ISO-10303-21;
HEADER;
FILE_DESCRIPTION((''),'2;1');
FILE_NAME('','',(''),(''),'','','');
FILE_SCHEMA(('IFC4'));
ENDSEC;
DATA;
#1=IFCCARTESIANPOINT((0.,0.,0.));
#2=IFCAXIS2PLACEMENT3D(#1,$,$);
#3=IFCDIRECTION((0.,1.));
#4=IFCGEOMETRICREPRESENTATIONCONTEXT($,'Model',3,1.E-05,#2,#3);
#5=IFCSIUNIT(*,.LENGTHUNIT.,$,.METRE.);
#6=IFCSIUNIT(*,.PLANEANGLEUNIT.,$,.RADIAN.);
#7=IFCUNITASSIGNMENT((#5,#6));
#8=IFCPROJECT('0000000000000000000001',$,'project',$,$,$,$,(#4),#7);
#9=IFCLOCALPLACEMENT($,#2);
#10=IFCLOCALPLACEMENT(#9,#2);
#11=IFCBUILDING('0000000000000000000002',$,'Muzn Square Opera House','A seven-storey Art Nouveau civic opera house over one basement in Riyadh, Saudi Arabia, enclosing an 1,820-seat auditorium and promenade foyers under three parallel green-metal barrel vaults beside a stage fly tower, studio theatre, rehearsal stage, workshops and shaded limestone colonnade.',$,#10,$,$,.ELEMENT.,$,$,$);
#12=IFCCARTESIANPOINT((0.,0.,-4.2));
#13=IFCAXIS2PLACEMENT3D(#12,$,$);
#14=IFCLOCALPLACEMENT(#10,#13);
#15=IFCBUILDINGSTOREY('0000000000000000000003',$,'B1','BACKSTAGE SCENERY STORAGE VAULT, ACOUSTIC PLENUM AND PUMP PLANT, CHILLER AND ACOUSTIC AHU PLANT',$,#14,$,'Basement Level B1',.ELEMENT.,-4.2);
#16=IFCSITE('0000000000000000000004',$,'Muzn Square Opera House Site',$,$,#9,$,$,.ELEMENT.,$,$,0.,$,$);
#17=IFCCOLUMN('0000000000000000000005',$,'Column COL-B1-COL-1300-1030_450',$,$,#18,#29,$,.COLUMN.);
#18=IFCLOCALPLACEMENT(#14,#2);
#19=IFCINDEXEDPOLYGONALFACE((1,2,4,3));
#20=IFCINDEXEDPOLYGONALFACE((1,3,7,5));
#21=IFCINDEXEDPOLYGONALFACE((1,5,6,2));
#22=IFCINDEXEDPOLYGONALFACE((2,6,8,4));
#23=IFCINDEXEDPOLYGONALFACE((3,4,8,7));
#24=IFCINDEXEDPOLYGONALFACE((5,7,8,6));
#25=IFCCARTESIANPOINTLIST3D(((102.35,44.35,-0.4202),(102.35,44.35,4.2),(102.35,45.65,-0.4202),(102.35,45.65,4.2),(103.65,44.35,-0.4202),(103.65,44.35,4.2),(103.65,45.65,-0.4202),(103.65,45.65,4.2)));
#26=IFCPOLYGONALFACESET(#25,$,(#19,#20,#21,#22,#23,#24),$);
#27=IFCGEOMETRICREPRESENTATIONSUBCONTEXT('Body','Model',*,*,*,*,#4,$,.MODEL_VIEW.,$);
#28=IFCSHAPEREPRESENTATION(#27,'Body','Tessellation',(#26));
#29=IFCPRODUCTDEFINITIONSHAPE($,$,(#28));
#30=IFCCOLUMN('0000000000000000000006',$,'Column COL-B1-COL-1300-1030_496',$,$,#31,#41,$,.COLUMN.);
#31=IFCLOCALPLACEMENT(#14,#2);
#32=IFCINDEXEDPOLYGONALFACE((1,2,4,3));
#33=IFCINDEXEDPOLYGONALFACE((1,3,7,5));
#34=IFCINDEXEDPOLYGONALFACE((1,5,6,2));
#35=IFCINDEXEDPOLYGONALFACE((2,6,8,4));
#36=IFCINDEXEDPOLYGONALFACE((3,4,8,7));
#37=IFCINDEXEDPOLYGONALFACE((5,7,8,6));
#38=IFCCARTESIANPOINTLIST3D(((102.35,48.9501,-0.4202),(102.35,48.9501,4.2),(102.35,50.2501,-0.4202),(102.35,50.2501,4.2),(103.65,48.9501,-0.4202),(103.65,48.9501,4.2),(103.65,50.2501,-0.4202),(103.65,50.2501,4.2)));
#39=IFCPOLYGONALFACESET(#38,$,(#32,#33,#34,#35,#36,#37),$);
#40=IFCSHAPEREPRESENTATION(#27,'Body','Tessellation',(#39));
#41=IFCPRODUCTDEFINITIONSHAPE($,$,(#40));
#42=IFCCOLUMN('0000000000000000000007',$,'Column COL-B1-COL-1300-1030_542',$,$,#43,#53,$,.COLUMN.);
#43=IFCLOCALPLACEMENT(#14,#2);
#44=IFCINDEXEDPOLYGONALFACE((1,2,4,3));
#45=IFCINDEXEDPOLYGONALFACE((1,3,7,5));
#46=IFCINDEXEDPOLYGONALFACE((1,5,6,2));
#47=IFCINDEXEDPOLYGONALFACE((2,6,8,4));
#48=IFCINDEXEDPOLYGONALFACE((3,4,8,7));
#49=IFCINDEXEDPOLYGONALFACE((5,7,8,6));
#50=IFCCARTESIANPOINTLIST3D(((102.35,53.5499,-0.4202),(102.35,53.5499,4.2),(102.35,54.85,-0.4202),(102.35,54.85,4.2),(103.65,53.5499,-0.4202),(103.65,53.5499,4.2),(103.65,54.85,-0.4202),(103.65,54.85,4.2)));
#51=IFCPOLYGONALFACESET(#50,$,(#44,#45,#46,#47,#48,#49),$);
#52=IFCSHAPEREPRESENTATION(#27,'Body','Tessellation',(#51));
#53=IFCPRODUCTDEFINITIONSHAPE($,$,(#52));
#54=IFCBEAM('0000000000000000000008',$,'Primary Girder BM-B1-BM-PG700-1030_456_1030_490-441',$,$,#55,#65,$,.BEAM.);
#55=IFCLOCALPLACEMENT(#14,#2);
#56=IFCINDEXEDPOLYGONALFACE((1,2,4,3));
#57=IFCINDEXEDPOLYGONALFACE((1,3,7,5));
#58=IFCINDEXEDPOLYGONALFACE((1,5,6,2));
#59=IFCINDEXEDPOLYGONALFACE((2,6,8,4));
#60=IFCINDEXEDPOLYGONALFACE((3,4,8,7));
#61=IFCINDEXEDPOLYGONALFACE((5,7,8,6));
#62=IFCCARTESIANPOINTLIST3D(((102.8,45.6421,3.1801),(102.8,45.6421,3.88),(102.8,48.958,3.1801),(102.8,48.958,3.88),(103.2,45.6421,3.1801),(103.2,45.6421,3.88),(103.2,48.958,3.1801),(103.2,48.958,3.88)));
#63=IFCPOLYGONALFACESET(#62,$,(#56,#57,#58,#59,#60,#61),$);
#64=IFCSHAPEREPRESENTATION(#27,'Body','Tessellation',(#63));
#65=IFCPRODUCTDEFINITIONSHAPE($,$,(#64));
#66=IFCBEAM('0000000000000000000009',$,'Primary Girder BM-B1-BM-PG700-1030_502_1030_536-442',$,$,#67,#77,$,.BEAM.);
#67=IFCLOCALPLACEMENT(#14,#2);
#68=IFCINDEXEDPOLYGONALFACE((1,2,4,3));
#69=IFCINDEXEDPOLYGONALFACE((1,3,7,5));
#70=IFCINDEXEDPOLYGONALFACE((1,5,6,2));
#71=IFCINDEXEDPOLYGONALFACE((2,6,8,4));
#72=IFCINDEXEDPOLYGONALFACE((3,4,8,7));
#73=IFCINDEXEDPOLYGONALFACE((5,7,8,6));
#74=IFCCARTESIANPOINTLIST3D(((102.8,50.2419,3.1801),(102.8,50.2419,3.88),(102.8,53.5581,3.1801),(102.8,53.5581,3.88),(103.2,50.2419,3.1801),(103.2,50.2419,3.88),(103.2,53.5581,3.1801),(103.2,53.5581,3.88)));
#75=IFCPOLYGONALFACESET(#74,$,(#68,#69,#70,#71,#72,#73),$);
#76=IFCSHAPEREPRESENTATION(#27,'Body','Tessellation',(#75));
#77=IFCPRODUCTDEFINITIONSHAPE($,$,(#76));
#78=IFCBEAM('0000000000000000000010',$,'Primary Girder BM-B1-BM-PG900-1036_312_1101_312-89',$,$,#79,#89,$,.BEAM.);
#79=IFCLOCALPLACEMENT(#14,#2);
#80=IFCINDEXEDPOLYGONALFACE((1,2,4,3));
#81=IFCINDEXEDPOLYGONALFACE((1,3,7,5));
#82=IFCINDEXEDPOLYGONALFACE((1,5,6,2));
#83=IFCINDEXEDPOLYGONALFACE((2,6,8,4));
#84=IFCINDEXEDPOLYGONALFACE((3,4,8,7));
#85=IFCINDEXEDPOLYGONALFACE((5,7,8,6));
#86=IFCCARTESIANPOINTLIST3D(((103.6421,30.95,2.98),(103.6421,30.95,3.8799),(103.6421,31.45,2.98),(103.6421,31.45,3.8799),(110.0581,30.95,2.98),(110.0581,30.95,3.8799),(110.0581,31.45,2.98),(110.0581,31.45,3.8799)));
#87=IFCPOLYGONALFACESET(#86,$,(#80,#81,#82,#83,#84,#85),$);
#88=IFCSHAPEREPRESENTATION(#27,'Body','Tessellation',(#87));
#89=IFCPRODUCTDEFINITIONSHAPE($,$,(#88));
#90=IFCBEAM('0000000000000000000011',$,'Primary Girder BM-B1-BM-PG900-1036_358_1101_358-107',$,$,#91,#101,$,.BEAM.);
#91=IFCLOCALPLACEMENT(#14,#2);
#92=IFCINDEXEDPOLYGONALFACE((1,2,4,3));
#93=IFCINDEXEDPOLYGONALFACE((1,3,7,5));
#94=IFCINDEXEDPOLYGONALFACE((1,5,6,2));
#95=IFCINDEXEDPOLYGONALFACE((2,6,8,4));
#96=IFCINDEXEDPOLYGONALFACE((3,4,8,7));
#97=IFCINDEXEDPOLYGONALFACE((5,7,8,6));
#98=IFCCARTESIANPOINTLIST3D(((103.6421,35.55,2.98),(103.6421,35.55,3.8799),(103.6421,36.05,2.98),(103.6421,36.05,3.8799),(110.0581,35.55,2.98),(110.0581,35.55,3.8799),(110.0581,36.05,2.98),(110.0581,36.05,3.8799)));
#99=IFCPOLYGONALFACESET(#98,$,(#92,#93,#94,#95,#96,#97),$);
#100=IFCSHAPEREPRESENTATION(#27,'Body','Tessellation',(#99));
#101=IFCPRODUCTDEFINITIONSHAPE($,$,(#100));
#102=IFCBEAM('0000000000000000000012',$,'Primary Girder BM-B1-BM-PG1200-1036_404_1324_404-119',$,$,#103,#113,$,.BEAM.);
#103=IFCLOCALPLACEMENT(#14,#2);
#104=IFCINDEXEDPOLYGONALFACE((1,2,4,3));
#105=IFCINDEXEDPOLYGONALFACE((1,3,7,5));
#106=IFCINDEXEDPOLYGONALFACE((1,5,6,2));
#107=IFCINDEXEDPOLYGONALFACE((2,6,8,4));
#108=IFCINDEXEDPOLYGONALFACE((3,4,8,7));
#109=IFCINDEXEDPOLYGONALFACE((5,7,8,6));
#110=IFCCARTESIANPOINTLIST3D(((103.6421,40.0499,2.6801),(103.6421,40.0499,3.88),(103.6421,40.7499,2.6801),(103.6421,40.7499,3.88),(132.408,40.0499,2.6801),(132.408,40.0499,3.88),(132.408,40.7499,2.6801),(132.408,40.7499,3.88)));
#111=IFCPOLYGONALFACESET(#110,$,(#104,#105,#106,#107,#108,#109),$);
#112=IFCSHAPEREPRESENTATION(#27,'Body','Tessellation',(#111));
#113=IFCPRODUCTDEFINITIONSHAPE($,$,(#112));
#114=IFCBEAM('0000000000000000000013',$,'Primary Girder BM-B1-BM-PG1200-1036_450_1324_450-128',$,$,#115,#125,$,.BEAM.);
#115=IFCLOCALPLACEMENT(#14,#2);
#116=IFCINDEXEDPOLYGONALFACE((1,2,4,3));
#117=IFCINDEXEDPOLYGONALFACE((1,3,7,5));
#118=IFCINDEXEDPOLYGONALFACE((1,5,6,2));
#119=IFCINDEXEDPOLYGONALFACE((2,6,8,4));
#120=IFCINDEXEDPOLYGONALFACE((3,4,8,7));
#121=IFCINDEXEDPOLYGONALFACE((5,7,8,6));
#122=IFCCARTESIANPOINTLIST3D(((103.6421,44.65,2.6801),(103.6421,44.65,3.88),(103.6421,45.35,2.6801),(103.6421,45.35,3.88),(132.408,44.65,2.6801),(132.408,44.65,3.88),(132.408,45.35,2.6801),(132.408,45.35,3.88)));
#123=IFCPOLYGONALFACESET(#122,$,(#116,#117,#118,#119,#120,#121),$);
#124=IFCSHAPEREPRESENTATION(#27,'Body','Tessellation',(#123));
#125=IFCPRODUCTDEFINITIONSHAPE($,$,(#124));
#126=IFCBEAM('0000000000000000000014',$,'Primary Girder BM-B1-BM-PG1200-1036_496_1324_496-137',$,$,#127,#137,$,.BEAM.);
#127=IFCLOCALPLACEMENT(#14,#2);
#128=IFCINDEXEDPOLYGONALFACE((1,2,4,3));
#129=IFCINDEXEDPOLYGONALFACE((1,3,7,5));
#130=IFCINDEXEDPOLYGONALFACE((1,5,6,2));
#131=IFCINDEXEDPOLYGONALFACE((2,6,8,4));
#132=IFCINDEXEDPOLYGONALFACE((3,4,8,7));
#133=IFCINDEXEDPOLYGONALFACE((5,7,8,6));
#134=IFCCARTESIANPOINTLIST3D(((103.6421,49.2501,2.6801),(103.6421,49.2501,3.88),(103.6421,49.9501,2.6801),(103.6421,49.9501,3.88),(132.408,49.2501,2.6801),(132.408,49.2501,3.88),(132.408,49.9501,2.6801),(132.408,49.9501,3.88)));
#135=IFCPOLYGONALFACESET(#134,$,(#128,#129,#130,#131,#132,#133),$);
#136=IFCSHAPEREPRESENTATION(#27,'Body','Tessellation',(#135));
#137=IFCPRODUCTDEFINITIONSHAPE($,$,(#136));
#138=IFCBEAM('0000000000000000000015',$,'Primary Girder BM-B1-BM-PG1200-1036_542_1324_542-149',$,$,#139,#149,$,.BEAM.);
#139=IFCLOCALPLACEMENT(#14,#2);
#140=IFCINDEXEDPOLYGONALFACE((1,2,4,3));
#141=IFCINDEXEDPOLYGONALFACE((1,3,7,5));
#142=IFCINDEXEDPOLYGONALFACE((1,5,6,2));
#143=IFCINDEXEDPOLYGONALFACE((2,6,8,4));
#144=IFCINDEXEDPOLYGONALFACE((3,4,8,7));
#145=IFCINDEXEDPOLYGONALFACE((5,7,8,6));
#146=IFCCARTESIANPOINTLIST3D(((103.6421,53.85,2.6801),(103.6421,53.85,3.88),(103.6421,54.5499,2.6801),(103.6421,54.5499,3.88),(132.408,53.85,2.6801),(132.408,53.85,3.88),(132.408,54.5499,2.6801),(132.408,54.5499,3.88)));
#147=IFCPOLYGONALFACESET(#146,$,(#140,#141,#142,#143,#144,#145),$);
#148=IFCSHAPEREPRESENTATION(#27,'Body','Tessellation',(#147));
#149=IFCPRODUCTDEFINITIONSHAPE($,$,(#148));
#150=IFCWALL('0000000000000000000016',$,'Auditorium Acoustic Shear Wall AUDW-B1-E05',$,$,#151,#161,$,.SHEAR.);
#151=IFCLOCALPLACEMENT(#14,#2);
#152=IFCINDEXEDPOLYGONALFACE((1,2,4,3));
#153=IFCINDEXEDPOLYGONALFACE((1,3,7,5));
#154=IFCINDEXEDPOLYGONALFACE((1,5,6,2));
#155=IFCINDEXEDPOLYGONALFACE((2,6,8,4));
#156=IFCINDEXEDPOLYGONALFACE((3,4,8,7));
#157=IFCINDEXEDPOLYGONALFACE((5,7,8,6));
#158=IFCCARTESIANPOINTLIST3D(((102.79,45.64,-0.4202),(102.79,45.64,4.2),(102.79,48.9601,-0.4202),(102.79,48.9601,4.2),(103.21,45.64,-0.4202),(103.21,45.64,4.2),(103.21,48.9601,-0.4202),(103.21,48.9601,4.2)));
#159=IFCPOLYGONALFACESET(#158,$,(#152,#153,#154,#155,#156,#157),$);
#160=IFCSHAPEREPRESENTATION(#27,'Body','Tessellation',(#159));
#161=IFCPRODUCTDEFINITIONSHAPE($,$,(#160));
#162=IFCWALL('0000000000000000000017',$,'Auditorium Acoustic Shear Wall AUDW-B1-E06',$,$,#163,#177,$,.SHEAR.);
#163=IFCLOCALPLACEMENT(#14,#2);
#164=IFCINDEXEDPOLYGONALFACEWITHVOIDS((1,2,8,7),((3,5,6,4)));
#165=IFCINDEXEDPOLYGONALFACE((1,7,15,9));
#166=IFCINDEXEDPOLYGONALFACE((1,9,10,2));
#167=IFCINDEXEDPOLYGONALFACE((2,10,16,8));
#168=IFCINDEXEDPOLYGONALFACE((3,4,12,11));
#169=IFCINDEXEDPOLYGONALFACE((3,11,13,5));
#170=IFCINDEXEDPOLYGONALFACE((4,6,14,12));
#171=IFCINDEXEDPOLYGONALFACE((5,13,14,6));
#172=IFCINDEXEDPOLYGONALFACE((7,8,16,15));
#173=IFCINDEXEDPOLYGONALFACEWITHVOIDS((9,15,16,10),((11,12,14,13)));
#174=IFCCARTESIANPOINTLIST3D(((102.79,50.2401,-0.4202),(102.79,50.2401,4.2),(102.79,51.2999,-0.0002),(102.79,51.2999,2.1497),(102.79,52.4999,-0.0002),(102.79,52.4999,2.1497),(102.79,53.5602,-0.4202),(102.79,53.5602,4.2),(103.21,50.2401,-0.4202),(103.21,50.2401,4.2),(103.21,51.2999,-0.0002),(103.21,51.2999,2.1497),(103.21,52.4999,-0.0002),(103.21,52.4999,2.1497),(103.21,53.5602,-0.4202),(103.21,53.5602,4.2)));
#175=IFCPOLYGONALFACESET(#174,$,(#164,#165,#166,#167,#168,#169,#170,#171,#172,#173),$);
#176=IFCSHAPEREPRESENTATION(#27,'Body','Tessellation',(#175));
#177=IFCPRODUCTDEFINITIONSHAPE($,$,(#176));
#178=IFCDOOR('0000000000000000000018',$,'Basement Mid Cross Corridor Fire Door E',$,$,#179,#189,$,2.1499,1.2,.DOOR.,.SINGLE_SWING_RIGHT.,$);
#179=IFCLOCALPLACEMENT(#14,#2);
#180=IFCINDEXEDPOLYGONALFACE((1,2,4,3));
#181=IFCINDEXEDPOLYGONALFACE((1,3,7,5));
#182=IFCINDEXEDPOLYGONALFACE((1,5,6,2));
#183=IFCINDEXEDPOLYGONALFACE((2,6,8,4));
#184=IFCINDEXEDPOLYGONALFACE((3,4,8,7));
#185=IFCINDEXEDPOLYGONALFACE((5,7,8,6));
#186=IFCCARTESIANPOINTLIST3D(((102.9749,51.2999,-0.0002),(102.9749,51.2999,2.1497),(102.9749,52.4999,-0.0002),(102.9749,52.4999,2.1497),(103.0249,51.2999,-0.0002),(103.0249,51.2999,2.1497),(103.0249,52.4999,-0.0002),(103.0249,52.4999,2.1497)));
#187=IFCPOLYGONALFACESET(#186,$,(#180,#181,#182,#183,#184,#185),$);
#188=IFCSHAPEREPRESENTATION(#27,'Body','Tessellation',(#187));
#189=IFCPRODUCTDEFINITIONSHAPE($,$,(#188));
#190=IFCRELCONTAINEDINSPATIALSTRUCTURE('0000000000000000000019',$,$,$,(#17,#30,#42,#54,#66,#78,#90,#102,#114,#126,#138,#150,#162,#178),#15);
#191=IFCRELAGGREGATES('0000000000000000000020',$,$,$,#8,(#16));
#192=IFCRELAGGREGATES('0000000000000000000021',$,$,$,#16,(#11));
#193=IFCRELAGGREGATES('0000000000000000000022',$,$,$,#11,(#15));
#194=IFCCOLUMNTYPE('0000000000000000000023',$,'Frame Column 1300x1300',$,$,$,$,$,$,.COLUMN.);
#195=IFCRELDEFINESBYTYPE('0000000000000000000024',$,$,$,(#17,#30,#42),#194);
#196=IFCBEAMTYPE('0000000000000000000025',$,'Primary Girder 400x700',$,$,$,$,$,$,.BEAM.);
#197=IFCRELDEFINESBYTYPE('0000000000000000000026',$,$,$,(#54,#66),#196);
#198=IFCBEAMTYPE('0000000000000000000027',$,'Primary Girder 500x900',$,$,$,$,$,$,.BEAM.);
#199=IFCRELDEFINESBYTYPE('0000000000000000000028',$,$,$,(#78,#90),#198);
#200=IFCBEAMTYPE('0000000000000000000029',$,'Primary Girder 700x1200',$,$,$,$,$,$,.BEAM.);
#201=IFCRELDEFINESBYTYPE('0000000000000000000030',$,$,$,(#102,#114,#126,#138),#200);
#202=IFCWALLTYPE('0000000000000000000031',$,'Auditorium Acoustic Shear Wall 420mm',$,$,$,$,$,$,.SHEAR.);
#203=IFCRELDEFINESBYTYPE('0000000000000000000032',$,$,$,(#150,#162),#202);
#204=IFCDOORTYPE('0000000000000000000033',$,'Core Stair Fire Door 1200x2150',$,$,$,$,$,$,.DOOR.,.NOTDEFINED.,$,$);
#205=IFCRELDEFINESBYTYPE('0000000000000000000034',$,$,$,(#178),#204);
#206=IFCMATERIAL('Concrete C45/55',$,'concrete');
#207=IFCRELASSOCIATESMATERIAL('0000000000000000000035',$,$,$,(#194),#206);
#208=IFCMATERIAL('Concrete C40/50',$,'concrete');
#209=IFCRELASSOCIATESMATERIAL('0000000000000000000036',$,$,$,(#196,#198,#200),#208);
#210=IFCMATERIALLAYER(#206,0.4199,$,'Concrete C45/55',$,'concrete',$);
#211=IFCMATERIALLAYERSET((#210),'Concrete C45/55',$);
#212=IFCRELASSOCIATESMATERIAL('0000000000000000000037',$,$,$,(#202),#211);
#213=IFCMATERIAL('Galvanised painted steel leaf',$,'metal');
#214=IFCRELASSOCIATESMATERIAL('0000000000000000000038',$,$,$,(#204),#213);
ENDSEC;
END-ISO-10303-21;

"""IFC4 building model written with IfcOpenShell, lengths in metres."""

from ifc_helpers import new_model, si_unit, direction, frame, frame_2d, origin, origin_2d, place, context, subcontext, project, spatial, rectangle, extrude, material, layer, layer_set, material_profile, profile_set, type_object, element, fill, save


model = new_model("IFC4")

# Units and contexts
model_context = context("Model", 3, precision=1e-05, world=origin(), true_north=direction((0.0, 1.0)))
body_context = subcontext(model_context, "Body", "Model", "MODEL_VIEW")
ifc_project = project(units=[si_unit("LENGTHUNIT", "METRE"), si_unit("PLANEANGLEUNIT", "RADIAN")], contexts=[model_context])

# Site, building, storey
site_placement = place(None, origin())
site = spatial("IfcSite", under=ifc_project, at=site_placement, Name="Muzn Square Opera House Site", CompositionType="ELEMENT", RefElevation=0.0)
building_placement = place(site_placement, origin())
building = spatial("IfcBuilding", under=site, at=building_placement, Name="Muzn Square Opera House", Description="A seven-storey Art Nouveau civic opera house over one basement in Riyadh, Saudi Arabia, enclosing an 1,820-seat auditorium and promenade foyers under three parallel green-metal barrel vaults beside a stage fly tower, studio theatre, rehearsal stage, workshops and shaded limestone colonnade.", CompositionType="ELEMENT")
storey_placement = place(building_placement, frame((0.0, 0.0, -4.2)))
storey = spatial("IfcBuildingStorey", under=building, at=storey_placement, Name="B1", Description="BACKSTAGE SCENERY STORAGE VAULT, ACOUSTIC PLENUM AND PUMP PLANT, CHILLER AND ACOUSTIC AHU PLANT", LongName="Basement Level B1", CompositionType="ELEMENT", Elevation=-4.2)

# Shared definitions
ifc_material_1 = material(Name="Concrete C40/50", Category="concrete")

# Columns
ifc_material_2 = material(Name="Concrete C45/55", Category="concrete")
ifc_material_profile_1 = material_profile(ifc_material_2, rectangle(XDim=1.3, YDim=1.3, at=origin_2d()), Name="RC 1300x1300", Category="concrete")
ifc_profile_set_1 = profile_set([ifc_material_profile_1], Name="Concrete C45/55")
column_type = type_object("IfcColumnType", Name="Frame Column 1300x1300", PredefinedType="COLUMN", material=ifc_profile_set_1)
for number, where, z_axis, x_axis, name in (
    (1, (103.0, 45.0, -0.4202), (0.0, 0.0, 1.0), (1.0, 0.0, 0.0), "Column COL-B1-COL-1300-1030_450"),
    (2, (103.0, 49.6001, -0.4202), (0.0, 0.0, 1.0), (1.0, 0.0, 0.0), "Column COL-B1-COL-1300-1030_496"),
    (3, (103.0, 54.2, -0.4202), (0.0, 0.0, 1.0), (1.0, 0.0, 0.0), "Column COL-B1-COL-1300-1030_542"),
):
    element("IfcColumn", number, at=place(storey_placement, frame(where, z_axis=z_axis, x_axis=x_axis)), inside=storey, type_object=column_type, Name=name, PredefinedType="COLUMN", context=body_context, shape_type="SweptSolid", body=[
        extrude(rectangle(XDim=1.3, YDim=1.3, at=origin_2d()), origin(), (0.0, 0.0, 1.0), 4.6201),
    ])

# Beams
ifc_material_profile_2 = material_profile(ifc_material_1, rectangle(XDim=0.3999, YDim=0.7, at=origin_2d()), Name="RCB 400x700", Category="concrete")
ifc_profile_set_2 = profile_set([ifc_material_profile_2], Name="Concrete C40/50")
beam_type_1 = type_object("IfcBeamType", Name="Primary Girder 400x700", PredefinedType="BEAM", material=ifc_profile_set_2)
beam_1_placement = place(storey_placement, frame((103.0, 45.6421, 3.53), z_axis=(0.0, 1.0, 0.0), x_axis=(-1.0, 0.0, 0.0)))
element("IfcBeam", 4, at=beam_1_placement, inside=storey, type_object=beam_type_1, Name="Primary Girder BM-B1-BM-PG700-1030_456_1030_490-441", PredefinedType="BEAM", context=body_context, shape_type="SweptSolid", body=[
    extrude(rectangle(XDim=0.3999, YDim=0.7, at=origin_2d()), origin(), (0.0, 0.0, 1.0), 3.3159),
])
beam_2_placement = place(storey_placement, frame((103.0, 50.2419, 3.53), z_axis=(0.0, 1.0, 0.0), x_axis=(-1.0, 0.0, 0.0)))
element("IfcBeam", 5, at=beam_2_placement, inside=storey, type_object=beam_type_1, Name="Primary Girder BM-B1-BM-PG700-1030_502_1030_536-442", PredefinedType="BEAM", context=body_context, shape_type="SweptSolid", body=[
    extrude(rectangle(XDim=0.3999, YDim=0.7, at=origin_2d()), origin(), (0.0, 0.0, 1.0), 3.3162),
])
ifc_material_profile_3 = material_profile(ifc_material_1, rectangle(XDim=0.5, YDim=0.8999, at=origin_2d()), Name="RCB 500x900", Category="concrete")
ifc_profile_set_3 = profile_set([ifc_material_profile_3], Name="Concrete C40/50")
beam_type_2 = type_object("IfcBeamType", Name="Primary Girder 500x900", PredefinedType="BEAM", material=ifc_profile_set_3)
for number, where, z_axis, x_axis, name in (
    (6, (103.6421, 31.2, 3.4299), (1.0, 0.0, 0.0), (0.0, 1.0, 0.0), "Primary Girder BM-B1-BM-PG900-1036_312_1101_312-89"),
    (7, (103.6421, 35.8, 3.4299), (1.0, 0.0, 0.0), (0.0, 1.0, 0.0), "Primary Girder BM-B1-BM-PG900-1036_358_1101_358-107"),
):
    element("IfcBeam", number, at=place(storey_placement, frame(where, z_axis=z_axis, x_axis=x_axis)), inside=storey, type_object=beam_type_2, Name=name, PredefinedType="BEAM", context=body_context, shape_type="SweptSolid", body=[
        extrude(rectangle(XDim=0.5, YDim=0.8999, at=origin_2d()), origin(), (0.0, 0.0, 1.0), 6.416),
    ])
ifc_material_profile_4 = material_profile(ifc_material_1, rectangle(XDim=0.7, YDim=1.2, at=origin_2d()), Name="RCB 700x1200", Category="concrete")
ifc_profile_set_4 = profile_set([ifc_material_profile_4], Name="Concrete C40/50")
beam_type_3 = type_object("IfcBeamType", Name="Primary Girder 700x1200", PredefinedType="BEAM", material=ifc_profile_set_4)
for number, where, z_axis, x_axis, name in (
    (8, (103.6421, 40.3999, 3.28), (1.0, 0.0, 0.0), (0.0, 1.0, 0.0), "Primary Girder BM-B1-BM-PG1200-1036_404_1324_404-119"),
    (9, (103.6421, 45.0, 3.28), (1.0, 0.0, 0.0), (0.0, 1.0, 0.0), "Primary Girder BM-B1-BM-PG1200-1036_450_1324_450-128"),
    (10, (103.6421, 49.6001, 3.28), (1.0, 0.0, 0.0), (0.0, 1.0, 0.0), "Primary Girder BM-B1-BM-PG1200-1036_496_1324_496-137"),
    (11, (103.6421, 54.2, 3.28), (1.0, 0.0, 0.0), (0.0, 1.0, 0.0), "Primary Girder BM-B1-BM-PG1200-1036_542_1324_542-149"),
):
    element("IfcBeam", number, at=place(storey_placement, frame(where, z_axis=z_axis, x_axis=x_axis)), inside=storey, type_object=beam_type_3, Name=name, PredefinedType="BEAM", context=body_context, shape_type="SweptSolid", body=[
        extrude(rectangle(XDim=0.7, YDim=1.2, at=origin_2d()), origin(), (0.0, 0.0, 1.0), 28.7659),
    ])

# Wall
ifc_layer = layer(ifc_material_2, 0.4199, Name="Concrete C45/55", Category="concrete")
ifc_layer_set = layer_set([ifc_layer], Name="Concrete C45/55")
wall_type = type_object("IfcWallType", Name="Auditorium Acoustic Shear Wall 420mm", PredefinedType="SHEAR", material=ifc_layer_set)
wall_1_placement = place(storey_placement, frame((103.0, 45.6399, -0.4202), z_axis=(0.0, 0.0, 1.0), x_axis=(0.0, 1.0, 0.0)))
element("IfcWall", 12, at=wall_1_placement, inside=storey, type_object=wall_type, Name="Auditorium Acoustic Shear Wall AUDW-B1-E05", PredefinedType="SHEAR", context=body_context, shape_type="SweptSolid", body=[
    extrude(rectangle(XDim=3.3201, YDim=0.4199, at=frame_2d((1.6602, 0.0))), origin(), (0.0, 0.0, 1.0), 4.6201),
])

# Wall, opening, door
wall_2_placement = place(storey_placement, frame((103.0, 50.24, -0.4202), z_axis=(0.0, 0.0, 1.0), x_axis=(0.0, 1.0, 0.0)))
wall_2 = element("IfcWall", 13, at=wall_2_placement, inside=storey, type_object=wall_type, Name="Auditorium Acoustic Shear Wall AUDW-B1-E06", PredefinedType="SHEAR", context=body_context, shape_type="SweptSolid", body=[
    extrude(rectangle(XDim=3.3201, YDim=0.4199, at=frame_2d((1.6602, 0.0))), origin(), (0.0, 0.0, 1.0), 4.6201),
])
opening_placement = place(wall_2_placement, frame((2.26, 0.0, 0.4199), z_axis=(0.0, 0.0, 1.0), x_axis=(-1.0, 0.0, 0.0)))
opening = element("IfcOpeningElement", 14, at=opening_placement, cuts=wall_2, PredefinedType="OPENING", context=body_context, shape_type="SweptSolid", body=[
    extrude(rectangle(XDim=1.2, YDim=2.1499, at=frame_2d((0.6001, 1.075))), frame((0.0, 0.22, 0.0), z_axis=(0.0, -1.0, 0.0), x_axis=(1.0, 0.0, 0.0)), (0.0, 0.0, 1.0), 0.4399),
])
ifc_material_3 = material(Name="Galvanised painted steel leaf", Category="metal")
door_type = type_object("IfcDoorType", Name="Core Stair Fire Door 1200x2150", OperationType="NOTDEFINED", PredefinedType="DOOR", material=ifc_material_3)
door_placement = place(opening_placement, origin())
door = element("IfcDoor", 15, at=door_placement, inside=storey, type_object=door_type, Name="Basement Mid Cross Corridor Fire Door E", OperationType="SINGLE_SWING_RIGHT", OverallHeight=2.1499, OverallWidth=1.2, PredefinedType="DOOR", context=body_context, shape_type="SweptSolid", body=[
    extrude(rectangle(XDim=1.2, YDim=2.1499, at=frame_2d((0.6001, 1.075))), frame((0.0, 0.0249, 0.0), z_axis=(0.0, -1.0, 0.0), x_axis=(1.0, 0.0, 0.0)), (0.0, 0.0, 1.0), 0.05),
])
fill(opening, door)

save(model, "model.ifc")
